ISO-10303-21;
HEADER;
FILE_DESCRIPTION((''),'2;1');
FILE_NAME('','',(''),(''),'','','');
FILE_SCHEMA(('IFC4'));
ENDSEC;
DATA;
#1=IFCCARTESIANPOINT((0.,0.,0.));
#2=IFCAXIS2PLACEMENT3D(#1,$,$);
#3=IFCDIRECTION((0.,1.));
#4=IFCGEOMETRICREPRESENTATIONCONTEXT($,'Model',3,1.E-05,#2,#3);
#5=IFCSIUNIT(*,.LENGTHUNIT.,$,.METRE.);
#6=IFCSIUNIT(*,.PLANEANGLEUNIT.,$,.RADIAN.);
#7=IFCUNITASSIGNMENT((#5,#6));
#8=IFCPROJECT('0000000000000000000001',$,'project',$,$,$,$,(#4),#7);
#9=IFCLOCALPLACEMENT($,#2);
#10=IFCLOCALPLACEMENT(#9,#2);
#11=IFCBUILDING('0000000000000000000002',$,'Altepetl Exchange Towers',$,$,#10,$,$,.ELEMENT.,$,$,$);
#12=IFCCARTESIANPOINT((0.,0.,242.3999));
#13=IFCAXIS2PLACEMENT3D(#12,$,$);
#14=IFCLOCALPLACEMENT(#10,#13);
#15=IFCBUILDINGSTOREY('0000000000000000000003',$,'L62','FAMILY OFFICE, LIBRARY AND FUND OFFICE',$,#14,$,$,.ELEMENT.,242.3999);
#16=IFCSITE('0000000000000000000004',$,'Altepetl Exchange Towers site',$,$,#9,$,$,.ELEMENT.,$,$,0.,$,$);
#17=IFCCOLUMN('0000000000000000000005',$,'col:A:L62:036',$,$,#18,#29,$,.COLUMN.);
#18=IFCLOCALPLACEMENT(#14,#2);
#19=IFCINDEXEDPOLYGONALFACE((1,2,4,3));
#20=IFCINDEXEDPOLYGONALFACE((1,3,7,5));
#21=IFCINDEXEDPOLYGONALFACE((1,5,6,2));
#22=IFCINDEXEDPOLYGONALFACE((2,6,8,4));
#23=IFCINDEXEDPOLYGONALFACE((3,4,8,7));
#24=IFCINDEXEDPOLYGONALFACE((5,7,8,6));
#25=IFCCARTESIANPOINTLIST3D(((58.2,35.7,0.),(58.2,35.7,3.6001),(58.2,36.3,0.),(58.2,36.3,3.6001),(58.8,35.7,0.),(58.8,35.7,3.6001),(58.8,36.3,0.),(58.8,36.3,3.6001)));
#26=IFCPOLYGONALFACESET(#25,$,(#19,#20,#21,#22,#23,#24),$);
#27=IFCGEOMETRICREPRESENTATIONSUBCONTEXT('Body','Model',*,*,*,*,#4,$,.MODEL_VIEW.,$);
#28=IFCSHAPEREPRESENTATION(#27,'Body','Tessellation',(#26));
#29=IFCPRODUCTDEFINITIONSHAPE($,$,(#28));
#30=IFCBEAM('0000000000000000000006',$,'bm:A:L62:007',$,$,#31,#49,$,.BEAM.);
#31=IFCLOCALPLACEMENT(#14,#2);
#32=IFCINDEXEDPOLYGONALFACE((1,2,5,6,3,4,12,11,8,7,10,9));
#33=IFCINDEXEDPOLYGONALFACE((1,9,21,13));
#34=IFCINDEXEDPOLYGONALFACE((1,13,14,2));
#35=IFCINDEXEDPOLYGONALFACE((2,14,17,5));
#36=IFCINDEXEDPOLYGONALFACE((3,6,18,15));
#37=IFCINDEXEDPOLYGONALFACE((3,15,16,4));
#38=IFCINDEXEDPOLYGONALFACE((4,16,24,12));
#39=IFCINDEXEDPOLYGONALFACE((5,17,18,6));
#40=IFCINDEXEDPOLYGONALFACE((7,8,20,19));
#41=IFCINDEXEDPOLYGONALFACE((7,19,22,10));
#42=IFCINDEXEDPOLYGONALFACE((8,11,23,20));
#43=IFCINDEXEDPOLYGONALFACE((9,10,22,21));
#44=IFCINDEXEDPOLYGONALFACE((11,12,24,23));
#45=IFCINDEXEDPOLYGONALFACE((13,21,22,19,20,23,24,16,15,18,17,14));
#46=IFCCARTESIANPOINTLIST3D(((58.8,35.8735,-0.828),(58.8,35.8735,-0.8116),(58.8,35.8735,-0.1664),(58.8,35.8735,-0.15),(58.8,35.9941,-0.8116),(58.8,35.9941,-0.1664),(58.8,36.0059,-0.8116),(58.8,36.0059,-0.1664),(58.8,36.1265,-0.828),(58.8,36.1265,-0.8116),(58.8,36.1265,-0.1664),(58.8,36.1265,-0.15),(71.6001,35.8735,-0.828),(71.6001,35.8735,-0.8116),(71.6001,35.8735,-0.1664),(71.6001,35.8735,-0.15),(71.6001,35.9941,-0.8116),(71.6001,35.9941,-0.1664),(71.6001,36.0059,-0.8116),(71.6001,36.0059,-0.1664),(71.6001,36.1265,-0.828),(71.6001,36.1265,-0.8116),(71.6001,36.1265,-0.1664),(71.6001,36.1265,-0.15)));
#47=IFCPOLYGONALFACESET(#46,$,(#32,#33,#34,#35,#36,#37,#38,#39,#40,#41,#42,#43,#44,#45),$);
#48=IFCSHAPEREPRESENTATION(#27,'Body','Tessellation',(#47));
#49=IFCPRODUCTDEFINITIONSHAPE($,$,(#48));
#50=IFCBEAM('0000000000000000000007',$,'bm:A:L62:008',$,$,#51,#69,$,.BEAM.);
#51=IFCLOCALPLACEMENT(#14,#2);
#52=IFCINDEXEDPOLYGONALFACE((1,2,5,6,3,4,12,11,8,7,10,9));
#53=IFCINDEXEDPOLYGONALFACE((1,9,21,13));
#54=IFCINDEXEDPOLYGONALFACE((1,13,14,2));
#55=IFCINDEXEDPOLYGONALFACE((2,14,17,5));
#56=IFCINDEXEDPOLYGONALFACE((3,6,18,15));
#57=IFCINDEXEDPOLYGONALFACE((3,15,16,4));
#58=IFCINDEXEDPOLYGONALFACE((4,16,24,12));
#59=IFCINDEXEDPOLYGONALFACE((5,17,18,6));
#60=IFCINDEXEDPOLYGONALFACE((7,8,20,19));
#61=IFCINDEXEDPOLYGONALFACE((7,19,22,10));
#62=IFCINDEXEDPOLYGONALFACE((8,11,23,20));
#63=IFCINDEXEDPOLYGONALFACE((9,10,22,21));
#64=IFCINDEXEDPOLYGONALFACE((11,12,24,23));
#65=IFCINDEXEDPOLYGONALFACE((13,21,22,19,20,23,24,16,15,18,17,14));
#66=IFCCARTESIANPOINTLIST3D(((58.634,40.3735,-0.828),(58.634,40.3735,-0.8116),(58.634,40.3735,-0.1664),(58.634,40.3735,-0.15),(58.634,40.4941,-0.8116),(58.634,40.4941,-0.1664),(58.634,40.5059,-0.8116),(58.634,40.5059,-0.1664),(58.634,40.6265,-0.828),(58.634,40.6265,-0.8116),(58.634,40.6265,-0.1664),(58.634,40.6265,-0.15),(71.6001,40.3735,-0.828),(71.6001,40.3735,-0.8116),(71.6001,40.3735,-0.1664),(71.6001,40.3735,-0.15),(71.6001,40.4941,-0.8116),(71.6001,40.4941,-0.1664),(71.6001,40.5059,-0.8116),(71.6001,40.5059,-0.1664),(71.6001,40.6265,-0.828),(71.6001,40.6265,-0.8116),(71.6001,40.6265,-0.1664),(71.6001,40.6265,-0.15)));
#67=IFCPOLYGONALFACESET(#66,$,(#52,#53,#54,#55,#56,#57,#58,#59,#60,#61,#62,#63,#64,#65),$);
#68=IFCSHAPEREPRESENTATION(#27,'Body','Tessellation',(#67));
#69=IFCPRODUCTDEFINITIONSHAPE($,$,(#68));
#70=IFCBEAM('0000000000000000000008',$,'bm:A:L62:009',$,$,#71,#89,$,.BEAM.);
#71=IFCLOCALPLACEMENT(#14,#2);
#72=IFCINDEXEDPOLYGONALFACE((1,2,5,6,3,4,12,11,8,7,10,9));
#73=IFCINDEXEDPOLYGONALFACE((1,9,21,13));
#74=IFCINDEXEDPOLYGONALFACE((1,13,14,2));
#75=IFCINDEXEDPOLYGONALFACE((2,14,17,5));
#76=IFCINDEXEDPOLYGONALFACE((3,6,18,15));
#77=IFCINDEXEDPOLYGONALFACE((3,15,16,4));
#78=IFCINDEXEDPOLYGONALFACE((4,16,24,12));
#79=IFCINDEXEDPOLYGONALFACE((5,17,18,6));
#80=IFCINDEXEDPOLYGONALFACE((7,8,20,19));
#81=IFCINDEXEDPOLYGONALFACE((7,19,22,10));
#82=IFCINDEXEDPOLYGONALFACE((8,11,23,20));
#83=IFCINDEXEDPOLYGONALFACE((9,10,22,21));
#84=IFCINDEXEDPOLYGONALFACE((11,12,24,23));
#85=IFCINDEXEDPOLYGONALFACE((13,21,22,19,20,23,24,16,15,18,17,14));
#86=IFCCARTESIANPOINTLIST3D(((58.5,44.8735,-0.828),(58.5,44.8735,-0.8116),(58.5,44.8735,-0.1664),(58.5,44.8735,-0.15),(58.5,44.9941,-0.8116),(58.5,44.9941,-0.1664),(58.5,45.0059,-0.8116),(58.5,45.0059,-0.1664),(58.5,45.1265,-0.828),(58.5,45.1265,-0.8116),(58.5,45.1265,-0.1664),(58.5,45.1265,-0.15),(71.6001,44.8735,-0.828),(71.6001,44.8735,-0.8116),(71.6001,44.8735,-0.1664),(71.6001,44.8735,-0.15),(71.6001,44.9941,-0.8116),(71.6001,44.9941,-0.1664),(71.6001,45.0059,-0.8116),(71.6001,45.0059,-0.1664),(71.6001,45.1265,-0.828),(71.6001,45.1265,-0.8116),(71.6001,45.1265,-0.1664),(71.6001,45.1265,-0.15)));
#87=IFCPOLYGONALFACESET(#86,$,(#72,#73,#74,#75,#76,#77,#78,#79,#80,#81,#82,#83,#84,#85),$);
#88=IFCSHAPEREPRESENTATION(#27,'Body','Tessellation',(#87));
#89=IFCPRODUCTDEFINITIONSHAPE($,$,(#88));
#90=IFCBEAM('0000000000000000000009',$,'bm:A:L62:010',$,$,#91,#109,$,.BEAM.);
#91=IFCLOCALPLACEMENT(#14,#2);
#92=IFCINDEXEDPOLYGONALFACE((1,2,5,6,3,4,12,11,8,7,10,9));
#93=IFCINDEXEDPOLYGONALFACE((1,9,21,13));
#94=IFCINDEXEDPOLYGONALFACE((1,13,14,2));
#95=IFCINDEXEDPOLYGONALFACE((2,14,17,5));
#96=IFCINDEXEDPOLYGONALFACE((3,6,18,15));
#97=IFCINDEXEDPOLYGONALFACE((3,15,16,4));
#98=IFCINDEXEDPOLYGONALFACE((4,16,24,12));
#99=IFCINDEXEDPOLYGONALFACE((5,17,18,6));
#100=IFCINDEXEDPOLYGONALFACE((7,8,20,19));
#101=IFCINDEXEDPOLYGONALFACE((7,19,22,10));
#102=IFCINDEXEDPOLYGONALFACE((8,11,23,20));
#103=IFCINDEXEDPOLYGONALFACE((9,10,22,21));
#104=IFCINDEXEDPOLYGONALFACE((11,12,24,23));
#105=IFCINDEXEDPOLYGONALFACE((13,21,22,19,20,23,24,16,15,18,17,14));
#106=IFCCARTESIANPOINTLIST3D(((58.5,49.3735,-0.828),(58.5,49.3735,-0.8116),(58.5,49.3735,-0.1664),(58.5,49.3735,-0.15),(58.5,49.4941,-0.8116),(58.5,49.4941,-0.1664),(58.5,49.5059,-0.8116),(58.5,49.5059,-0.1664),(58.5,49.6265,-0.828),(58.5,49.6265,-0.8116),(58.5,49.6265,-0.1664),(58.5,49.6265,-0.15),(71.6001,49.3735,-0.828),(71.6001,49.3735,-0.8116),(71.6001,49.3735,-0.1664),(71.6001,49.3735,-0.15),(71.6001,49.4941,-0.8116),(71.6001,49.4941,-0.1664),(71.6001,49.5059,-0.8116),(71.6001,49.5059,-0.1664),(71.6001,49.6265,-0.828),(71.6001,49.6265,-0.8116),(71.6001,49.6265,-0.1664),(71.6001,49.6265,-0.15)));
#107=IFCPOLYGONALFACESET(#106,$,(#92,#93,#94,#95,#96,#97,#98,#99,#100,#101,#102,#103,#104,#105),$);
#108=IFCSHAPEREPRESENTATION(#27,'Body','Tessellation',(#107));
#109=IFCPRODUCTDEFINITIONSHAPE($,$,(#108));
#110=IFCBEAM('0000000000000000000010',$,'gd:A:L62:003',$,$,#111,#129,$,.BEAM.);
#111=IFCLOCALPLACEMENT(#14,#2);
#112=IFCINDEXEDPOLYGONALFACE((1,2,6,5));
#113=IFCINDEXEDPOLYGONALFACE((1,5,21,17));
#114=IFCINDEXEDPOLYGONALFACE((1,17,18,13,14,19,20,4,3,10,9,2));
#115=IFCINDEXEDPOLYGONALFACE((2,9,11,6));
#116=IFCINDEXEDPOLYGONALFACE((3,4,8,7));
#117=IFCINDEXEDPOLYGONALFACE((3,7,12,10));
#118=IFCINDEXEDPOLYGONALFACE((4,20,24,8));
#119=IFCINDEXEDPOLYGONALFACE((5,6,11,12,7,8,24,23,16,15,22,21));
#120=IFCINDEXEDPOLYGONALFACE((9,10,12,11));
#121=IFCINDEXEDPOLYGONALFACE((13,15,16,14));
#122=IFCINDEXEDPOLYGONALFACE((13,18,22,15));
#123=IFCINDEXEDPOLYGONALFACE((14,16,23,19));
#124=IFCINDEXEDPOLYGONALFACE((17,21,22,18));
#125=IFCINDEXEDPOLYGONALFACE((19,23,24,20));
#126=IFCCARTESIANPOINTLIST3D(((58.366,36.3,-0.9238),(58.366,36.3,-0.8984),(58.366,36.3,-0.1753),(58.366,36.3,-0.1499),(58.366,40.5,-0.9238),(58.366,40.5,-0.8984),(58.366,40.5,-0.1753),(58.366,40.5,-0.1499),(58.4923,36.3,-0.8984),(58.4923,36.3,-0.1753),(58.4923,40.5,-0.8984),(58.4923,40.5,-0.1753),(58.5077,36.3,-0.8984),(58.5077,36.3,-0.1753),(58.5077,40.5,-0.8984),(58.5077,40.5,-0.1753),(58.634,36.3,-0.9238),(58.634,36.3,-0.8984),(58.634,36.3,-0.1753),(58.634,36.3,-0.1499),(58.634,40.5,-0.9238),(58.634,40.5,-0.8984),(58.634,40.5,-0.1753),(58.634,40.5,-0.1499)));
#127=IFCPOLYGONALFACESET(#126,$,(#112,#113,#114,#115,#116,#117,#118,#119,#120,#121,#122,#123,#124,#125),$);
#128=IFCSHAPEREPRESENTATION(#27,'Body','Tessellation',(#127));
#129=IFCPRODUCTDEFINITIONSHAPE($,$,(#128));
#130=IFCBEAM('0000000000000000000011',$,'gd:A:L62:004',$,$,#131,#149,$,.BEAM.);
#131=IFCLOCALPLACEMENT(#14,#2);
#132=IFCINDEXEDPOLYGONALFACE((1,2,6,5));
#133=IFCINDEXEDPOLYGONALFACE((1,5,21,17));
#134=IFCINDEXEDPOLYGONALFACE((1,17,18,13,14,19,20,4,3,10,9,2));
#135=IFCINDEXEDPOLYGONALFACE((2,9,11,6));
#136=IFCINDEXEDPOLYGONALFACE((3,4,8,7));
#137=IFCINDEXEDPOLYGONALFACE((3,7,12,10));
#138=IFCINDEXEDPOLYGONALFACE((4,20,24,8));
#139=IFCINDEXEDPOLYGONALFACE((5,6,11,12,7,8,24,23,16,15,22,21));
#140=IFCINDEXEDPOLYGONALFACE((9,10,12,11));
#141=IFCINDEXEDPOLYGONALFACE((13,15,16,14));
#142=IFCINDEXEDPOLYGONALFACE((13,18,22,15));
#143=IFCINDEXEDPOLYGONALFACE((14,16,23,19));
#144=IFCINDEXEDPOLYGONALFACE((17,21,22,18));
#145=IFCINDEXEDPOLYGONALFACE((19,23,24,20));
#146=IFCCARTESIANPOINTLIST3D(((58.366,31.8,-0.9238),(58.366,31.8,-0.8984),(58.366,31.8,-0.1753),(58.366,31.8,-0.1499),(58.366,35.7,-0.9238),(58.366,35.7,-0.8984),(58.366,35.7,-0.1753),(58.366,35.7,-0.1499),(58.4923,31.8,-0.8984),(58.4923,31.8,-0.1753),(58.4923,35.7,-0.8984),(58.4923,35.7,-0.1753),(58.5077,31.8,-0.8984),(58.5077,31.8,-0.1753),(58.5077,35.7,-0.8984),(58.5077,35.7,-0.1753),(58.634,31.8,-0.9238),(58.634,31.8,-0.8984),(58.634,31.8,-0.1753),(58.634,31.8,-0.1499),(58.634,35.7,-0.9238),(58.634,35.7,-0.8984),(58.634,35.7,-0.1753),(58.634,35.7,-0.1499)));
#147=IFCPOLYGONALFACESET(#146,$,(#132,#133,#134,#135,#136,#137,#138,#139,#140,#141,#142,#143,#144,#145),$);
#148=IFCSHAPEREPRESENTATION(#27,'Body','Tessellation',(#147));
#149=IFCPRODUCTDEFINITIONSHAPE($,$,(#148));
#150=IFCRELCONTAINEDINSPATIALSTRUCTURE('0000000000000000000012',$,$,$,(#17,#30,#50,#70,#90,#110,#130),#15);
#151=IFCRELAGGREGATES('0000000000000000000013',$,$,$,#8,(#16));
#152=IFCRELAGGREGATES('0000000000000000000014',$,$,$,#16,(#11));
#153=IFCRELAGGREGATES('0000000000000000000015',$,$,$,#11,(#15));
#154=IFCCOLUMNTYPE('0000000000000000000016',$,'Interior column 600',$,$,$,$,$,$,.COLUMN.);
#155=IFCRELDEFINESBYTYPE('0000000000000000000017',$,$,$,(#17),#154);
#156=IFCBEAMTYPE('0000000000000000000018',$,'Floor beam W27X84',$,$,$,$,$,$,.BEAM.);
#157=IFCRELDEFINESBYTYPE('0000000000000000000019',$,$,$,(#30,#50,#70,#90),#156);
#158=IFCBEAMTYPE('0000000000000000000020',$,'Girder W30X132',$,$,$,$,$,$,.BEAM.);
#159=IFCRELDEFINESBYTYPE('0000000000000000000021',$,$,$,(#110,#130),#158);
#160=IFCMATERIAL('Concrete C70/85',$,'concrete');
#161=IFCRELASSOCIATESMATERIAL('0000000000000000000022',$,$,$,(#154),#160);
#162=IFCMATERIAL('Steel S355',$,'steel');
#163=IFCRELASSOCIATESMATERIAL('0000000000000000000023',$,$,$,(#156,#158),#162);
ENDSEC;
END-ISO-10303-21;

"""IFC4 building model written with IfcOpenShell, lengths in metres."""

from ifc_helpers import new_model, si_unit, direction, frame, origin, origin_2d, place, context, subcontext, project, spatial, rectangle, i_section, extrude, material, material_profile, profile_set, type_object, element, save


model = new_model("IFC4")

# Units and contexts
model_context = context("Model", 3, precision=1e-05, world=origin(), true_north=direction((0.0, 1.0)))
body_context = subcontext(model_context, "Body", "Model", "MODEL_VIEW")
ifc_project = project(units=[si_unit("LENGTHUNIT", "METRE"), si_unit("PLANEANGLEUNIT", "RADIAN")], contexts=[model_context])

# Site, building, storey
site_placement = place(None, origin())
site = spatial("IfcSite", under=ifc_project, at=site_placement, Name="Altepetl Exchange Towers site", CompositionType="ELEMENT", RefElevation=0.0)
building_placement = place(site_placement, origin())
building = spatial("IfcBuilding", under=site, at=building_placement, Name="Altepetl Exchange Towers", CompositionType="ELEMENT")
storey_placement = place(building_placement, frame((0.0, 0.0, 242.3999)))
storey = spatial("IfcBuildingStorey", under=building, at=storey_placement, Name="L62", Description="FAMILY OFFICE, LIBRARY AND FUND OFFICE", CompositionType="ELEMENT", Elevation=242.3999)

# Column
ifc_material_1 = material(Name="Concrete C70/85", Category="concrete")
ifc_material_profile_1 = material_profile(ifc_material_1, rectangle(XDim=0.6001, YDim=0.6001, at=origin_2d()), Name="600 x 600")
ifc_profile_set_1 = profile_set([ifc_material_profile_1], Name="Concrete C70/85")
column_type = type_object("IfcColumnType", Name="Interior column 600", PredefinedType="COLUMN", material=ifc_profile_set_1)
column_placement = place(storey_placement, frame((58.5, 36.0, 0.0)))
element("IfcColumn", 1, at=column_placement, inside=storey, type_object=column_type, Name="col:A:L62:036", PredefinedType="COLUMN", context=body_context, shape_type="SweptSolid", body=[
    extrude(rectangle(XDim=0.6001, YDim=0.6001, at=origin_2d()), origin(), (0.0, 0.0, 1.0), 3.6001),
])

# Beams
ifc_material_2 = material(Name="Steel S355", Category="steel")
ifc_material_profile_2 = material_profile(ifc_material_2, i_section(OverallWidth=0.2529, OverallDepth=0.678, WebThickness=0.0117, FlangeThickness=0.0164, at=origin_2d()), Name="W27X84")
ifc_profile_set_2 = profile_set([ifc_material_profile_2], Name="Steel S355")
beam_type_1 = type_object("IfcBeamType", Name="Floor beam W27X84", PredefinedType="BEAM", material=ifc_profile_set_2)
beam_1_placement = place(storey_placement, frame((58.8, 36.0, -0.489), z_axis=(1.0, 0.0, 0.0), x_axis=(0.0, 1.0, 0.0)))
element("IfcBeam", 2, at=beam_1_placement, inside=storey, type_object=beam_type_1, Name="bm:A:L62:007", PredefinedType="BEAM", context=body_context, shape_type="SweptSolid", body=[
    extrude(i_section(OverallWidth=0.2529, OverallDepth=0.678, WebThickness=0.0117, FlangeThickness=0.0164, at=origin_2d()), origin(), (0.0, 0.0, 1.0), 12.8),
])
beam_2_placement = place(storey_placement, frame((58.634, 40.5, -0.489), z_axis=(1.0, 0.0, 0.0), x_axis=(0.0, 1.0, 0.0)))
element("IfcBeam", 3, at=beam_2_placement, inside=storey, type_object=beam_type_1, Name="bm:A:L62:008", PredefinedType="BEAM", context=body_context, shape_type="SweptSolid", body=[
    extrude(i_section(OverallWidth=0.2529, OverallDepth=0.678, WebThickness=0.0117, FlangeThickness=0.0164, at=origin_2d()), origin(), (0.0, 0.0, 1.0), 12.9661),
])
for number, where, z_axis, x_axis, name in (
    (4, (58.5, 45.0, -0.489), (1.0, 0.0, 0.0), (0.0, 1.0, 0.0), "bm:A:L62:009"),
    (5, (58.5, 49.5, -0.489), (1.0, 0.0, 0.0), (0.0, 1.0, 0.0), "bm:A:L62:010"),
):
    element("IfcBeam", number, at=place(storey_placement, frame(where, z_axis=z_axis, x_axis=x_axis)), inside=storey, type_object=beam_type_1, Name=name, PredefinedType="BEAM", context=body_context, shape_type="SweptSolid", body=[
        extrude(i_section(OverallWidth=0.2529, OverallDepth=0.678, WebThickness=0.0117, FlangeThickness=0.0164, at=origin_2d()), origin(), (0.0, 0.0, 1.0), 13.1001),
    ])
ifc_material_profile_3 = material_profile(ifc_material_2, i_section(OverallWidth=0.2681, OverallDepth=0.7739, WebThickness=0.0154, FlangeThickness=0.0254, at=origin_2d()), Name="W30X132")
ifc_profile_set_3 = profile_set([ifc_material_profile_3], Name="Steel S355")
beam_type_2 = type_object("IfcBeamType", Name="Girder W30X132", PredefinedType="BEAM", material=ifc_profile_set_3)
beam_3_placement = place(storey_placement, frame((58.5, 40.5, -0.5369), z_axis=(0.0, -1.0, 0.0), x_axis=(1.0, 0.0, 0.0)))
element("IfcBeam", 6, at=beam_3_placement, inside=storey, type_object=beam_type_2, Name="gd:A:L62:003", PredefinedType="BEAM", context=body_context, shape_type="SweptSolid", body=[
    extrude(i_section(OverallWidth=0.2681, OverallDepth=0.7739, WebThickness=0.0154, FlangeThickness=0.0254, at=origin_2d()), origin(), (0.0, 0.0, 1.0), 4.2),
])
beam_4_placement = place(storey_placement, frame((58.5, 35.7, -0.5369), z_axis=(0.0, -1.0, 0.0), x_axis=(1.0, 0.0, 0.0)))
element("IfcBeam", 7, at=beam_4_placement, inside=storey, type_object=beam_type_2, Name="gd:A:L62:004", PredefinedType="BEAM", context=body_context, shape_type="SweptSolid", body=[
    extrude(i_section(OverallWidth=0.2681, OverallDepth=0.7739, WebThickness=0.0154, FlangeThickness=0.0254, at=origin_2d()), origin(), (0.0, 0.0, 1.0), 3.8999),
])

save(model, "model.ifc")
